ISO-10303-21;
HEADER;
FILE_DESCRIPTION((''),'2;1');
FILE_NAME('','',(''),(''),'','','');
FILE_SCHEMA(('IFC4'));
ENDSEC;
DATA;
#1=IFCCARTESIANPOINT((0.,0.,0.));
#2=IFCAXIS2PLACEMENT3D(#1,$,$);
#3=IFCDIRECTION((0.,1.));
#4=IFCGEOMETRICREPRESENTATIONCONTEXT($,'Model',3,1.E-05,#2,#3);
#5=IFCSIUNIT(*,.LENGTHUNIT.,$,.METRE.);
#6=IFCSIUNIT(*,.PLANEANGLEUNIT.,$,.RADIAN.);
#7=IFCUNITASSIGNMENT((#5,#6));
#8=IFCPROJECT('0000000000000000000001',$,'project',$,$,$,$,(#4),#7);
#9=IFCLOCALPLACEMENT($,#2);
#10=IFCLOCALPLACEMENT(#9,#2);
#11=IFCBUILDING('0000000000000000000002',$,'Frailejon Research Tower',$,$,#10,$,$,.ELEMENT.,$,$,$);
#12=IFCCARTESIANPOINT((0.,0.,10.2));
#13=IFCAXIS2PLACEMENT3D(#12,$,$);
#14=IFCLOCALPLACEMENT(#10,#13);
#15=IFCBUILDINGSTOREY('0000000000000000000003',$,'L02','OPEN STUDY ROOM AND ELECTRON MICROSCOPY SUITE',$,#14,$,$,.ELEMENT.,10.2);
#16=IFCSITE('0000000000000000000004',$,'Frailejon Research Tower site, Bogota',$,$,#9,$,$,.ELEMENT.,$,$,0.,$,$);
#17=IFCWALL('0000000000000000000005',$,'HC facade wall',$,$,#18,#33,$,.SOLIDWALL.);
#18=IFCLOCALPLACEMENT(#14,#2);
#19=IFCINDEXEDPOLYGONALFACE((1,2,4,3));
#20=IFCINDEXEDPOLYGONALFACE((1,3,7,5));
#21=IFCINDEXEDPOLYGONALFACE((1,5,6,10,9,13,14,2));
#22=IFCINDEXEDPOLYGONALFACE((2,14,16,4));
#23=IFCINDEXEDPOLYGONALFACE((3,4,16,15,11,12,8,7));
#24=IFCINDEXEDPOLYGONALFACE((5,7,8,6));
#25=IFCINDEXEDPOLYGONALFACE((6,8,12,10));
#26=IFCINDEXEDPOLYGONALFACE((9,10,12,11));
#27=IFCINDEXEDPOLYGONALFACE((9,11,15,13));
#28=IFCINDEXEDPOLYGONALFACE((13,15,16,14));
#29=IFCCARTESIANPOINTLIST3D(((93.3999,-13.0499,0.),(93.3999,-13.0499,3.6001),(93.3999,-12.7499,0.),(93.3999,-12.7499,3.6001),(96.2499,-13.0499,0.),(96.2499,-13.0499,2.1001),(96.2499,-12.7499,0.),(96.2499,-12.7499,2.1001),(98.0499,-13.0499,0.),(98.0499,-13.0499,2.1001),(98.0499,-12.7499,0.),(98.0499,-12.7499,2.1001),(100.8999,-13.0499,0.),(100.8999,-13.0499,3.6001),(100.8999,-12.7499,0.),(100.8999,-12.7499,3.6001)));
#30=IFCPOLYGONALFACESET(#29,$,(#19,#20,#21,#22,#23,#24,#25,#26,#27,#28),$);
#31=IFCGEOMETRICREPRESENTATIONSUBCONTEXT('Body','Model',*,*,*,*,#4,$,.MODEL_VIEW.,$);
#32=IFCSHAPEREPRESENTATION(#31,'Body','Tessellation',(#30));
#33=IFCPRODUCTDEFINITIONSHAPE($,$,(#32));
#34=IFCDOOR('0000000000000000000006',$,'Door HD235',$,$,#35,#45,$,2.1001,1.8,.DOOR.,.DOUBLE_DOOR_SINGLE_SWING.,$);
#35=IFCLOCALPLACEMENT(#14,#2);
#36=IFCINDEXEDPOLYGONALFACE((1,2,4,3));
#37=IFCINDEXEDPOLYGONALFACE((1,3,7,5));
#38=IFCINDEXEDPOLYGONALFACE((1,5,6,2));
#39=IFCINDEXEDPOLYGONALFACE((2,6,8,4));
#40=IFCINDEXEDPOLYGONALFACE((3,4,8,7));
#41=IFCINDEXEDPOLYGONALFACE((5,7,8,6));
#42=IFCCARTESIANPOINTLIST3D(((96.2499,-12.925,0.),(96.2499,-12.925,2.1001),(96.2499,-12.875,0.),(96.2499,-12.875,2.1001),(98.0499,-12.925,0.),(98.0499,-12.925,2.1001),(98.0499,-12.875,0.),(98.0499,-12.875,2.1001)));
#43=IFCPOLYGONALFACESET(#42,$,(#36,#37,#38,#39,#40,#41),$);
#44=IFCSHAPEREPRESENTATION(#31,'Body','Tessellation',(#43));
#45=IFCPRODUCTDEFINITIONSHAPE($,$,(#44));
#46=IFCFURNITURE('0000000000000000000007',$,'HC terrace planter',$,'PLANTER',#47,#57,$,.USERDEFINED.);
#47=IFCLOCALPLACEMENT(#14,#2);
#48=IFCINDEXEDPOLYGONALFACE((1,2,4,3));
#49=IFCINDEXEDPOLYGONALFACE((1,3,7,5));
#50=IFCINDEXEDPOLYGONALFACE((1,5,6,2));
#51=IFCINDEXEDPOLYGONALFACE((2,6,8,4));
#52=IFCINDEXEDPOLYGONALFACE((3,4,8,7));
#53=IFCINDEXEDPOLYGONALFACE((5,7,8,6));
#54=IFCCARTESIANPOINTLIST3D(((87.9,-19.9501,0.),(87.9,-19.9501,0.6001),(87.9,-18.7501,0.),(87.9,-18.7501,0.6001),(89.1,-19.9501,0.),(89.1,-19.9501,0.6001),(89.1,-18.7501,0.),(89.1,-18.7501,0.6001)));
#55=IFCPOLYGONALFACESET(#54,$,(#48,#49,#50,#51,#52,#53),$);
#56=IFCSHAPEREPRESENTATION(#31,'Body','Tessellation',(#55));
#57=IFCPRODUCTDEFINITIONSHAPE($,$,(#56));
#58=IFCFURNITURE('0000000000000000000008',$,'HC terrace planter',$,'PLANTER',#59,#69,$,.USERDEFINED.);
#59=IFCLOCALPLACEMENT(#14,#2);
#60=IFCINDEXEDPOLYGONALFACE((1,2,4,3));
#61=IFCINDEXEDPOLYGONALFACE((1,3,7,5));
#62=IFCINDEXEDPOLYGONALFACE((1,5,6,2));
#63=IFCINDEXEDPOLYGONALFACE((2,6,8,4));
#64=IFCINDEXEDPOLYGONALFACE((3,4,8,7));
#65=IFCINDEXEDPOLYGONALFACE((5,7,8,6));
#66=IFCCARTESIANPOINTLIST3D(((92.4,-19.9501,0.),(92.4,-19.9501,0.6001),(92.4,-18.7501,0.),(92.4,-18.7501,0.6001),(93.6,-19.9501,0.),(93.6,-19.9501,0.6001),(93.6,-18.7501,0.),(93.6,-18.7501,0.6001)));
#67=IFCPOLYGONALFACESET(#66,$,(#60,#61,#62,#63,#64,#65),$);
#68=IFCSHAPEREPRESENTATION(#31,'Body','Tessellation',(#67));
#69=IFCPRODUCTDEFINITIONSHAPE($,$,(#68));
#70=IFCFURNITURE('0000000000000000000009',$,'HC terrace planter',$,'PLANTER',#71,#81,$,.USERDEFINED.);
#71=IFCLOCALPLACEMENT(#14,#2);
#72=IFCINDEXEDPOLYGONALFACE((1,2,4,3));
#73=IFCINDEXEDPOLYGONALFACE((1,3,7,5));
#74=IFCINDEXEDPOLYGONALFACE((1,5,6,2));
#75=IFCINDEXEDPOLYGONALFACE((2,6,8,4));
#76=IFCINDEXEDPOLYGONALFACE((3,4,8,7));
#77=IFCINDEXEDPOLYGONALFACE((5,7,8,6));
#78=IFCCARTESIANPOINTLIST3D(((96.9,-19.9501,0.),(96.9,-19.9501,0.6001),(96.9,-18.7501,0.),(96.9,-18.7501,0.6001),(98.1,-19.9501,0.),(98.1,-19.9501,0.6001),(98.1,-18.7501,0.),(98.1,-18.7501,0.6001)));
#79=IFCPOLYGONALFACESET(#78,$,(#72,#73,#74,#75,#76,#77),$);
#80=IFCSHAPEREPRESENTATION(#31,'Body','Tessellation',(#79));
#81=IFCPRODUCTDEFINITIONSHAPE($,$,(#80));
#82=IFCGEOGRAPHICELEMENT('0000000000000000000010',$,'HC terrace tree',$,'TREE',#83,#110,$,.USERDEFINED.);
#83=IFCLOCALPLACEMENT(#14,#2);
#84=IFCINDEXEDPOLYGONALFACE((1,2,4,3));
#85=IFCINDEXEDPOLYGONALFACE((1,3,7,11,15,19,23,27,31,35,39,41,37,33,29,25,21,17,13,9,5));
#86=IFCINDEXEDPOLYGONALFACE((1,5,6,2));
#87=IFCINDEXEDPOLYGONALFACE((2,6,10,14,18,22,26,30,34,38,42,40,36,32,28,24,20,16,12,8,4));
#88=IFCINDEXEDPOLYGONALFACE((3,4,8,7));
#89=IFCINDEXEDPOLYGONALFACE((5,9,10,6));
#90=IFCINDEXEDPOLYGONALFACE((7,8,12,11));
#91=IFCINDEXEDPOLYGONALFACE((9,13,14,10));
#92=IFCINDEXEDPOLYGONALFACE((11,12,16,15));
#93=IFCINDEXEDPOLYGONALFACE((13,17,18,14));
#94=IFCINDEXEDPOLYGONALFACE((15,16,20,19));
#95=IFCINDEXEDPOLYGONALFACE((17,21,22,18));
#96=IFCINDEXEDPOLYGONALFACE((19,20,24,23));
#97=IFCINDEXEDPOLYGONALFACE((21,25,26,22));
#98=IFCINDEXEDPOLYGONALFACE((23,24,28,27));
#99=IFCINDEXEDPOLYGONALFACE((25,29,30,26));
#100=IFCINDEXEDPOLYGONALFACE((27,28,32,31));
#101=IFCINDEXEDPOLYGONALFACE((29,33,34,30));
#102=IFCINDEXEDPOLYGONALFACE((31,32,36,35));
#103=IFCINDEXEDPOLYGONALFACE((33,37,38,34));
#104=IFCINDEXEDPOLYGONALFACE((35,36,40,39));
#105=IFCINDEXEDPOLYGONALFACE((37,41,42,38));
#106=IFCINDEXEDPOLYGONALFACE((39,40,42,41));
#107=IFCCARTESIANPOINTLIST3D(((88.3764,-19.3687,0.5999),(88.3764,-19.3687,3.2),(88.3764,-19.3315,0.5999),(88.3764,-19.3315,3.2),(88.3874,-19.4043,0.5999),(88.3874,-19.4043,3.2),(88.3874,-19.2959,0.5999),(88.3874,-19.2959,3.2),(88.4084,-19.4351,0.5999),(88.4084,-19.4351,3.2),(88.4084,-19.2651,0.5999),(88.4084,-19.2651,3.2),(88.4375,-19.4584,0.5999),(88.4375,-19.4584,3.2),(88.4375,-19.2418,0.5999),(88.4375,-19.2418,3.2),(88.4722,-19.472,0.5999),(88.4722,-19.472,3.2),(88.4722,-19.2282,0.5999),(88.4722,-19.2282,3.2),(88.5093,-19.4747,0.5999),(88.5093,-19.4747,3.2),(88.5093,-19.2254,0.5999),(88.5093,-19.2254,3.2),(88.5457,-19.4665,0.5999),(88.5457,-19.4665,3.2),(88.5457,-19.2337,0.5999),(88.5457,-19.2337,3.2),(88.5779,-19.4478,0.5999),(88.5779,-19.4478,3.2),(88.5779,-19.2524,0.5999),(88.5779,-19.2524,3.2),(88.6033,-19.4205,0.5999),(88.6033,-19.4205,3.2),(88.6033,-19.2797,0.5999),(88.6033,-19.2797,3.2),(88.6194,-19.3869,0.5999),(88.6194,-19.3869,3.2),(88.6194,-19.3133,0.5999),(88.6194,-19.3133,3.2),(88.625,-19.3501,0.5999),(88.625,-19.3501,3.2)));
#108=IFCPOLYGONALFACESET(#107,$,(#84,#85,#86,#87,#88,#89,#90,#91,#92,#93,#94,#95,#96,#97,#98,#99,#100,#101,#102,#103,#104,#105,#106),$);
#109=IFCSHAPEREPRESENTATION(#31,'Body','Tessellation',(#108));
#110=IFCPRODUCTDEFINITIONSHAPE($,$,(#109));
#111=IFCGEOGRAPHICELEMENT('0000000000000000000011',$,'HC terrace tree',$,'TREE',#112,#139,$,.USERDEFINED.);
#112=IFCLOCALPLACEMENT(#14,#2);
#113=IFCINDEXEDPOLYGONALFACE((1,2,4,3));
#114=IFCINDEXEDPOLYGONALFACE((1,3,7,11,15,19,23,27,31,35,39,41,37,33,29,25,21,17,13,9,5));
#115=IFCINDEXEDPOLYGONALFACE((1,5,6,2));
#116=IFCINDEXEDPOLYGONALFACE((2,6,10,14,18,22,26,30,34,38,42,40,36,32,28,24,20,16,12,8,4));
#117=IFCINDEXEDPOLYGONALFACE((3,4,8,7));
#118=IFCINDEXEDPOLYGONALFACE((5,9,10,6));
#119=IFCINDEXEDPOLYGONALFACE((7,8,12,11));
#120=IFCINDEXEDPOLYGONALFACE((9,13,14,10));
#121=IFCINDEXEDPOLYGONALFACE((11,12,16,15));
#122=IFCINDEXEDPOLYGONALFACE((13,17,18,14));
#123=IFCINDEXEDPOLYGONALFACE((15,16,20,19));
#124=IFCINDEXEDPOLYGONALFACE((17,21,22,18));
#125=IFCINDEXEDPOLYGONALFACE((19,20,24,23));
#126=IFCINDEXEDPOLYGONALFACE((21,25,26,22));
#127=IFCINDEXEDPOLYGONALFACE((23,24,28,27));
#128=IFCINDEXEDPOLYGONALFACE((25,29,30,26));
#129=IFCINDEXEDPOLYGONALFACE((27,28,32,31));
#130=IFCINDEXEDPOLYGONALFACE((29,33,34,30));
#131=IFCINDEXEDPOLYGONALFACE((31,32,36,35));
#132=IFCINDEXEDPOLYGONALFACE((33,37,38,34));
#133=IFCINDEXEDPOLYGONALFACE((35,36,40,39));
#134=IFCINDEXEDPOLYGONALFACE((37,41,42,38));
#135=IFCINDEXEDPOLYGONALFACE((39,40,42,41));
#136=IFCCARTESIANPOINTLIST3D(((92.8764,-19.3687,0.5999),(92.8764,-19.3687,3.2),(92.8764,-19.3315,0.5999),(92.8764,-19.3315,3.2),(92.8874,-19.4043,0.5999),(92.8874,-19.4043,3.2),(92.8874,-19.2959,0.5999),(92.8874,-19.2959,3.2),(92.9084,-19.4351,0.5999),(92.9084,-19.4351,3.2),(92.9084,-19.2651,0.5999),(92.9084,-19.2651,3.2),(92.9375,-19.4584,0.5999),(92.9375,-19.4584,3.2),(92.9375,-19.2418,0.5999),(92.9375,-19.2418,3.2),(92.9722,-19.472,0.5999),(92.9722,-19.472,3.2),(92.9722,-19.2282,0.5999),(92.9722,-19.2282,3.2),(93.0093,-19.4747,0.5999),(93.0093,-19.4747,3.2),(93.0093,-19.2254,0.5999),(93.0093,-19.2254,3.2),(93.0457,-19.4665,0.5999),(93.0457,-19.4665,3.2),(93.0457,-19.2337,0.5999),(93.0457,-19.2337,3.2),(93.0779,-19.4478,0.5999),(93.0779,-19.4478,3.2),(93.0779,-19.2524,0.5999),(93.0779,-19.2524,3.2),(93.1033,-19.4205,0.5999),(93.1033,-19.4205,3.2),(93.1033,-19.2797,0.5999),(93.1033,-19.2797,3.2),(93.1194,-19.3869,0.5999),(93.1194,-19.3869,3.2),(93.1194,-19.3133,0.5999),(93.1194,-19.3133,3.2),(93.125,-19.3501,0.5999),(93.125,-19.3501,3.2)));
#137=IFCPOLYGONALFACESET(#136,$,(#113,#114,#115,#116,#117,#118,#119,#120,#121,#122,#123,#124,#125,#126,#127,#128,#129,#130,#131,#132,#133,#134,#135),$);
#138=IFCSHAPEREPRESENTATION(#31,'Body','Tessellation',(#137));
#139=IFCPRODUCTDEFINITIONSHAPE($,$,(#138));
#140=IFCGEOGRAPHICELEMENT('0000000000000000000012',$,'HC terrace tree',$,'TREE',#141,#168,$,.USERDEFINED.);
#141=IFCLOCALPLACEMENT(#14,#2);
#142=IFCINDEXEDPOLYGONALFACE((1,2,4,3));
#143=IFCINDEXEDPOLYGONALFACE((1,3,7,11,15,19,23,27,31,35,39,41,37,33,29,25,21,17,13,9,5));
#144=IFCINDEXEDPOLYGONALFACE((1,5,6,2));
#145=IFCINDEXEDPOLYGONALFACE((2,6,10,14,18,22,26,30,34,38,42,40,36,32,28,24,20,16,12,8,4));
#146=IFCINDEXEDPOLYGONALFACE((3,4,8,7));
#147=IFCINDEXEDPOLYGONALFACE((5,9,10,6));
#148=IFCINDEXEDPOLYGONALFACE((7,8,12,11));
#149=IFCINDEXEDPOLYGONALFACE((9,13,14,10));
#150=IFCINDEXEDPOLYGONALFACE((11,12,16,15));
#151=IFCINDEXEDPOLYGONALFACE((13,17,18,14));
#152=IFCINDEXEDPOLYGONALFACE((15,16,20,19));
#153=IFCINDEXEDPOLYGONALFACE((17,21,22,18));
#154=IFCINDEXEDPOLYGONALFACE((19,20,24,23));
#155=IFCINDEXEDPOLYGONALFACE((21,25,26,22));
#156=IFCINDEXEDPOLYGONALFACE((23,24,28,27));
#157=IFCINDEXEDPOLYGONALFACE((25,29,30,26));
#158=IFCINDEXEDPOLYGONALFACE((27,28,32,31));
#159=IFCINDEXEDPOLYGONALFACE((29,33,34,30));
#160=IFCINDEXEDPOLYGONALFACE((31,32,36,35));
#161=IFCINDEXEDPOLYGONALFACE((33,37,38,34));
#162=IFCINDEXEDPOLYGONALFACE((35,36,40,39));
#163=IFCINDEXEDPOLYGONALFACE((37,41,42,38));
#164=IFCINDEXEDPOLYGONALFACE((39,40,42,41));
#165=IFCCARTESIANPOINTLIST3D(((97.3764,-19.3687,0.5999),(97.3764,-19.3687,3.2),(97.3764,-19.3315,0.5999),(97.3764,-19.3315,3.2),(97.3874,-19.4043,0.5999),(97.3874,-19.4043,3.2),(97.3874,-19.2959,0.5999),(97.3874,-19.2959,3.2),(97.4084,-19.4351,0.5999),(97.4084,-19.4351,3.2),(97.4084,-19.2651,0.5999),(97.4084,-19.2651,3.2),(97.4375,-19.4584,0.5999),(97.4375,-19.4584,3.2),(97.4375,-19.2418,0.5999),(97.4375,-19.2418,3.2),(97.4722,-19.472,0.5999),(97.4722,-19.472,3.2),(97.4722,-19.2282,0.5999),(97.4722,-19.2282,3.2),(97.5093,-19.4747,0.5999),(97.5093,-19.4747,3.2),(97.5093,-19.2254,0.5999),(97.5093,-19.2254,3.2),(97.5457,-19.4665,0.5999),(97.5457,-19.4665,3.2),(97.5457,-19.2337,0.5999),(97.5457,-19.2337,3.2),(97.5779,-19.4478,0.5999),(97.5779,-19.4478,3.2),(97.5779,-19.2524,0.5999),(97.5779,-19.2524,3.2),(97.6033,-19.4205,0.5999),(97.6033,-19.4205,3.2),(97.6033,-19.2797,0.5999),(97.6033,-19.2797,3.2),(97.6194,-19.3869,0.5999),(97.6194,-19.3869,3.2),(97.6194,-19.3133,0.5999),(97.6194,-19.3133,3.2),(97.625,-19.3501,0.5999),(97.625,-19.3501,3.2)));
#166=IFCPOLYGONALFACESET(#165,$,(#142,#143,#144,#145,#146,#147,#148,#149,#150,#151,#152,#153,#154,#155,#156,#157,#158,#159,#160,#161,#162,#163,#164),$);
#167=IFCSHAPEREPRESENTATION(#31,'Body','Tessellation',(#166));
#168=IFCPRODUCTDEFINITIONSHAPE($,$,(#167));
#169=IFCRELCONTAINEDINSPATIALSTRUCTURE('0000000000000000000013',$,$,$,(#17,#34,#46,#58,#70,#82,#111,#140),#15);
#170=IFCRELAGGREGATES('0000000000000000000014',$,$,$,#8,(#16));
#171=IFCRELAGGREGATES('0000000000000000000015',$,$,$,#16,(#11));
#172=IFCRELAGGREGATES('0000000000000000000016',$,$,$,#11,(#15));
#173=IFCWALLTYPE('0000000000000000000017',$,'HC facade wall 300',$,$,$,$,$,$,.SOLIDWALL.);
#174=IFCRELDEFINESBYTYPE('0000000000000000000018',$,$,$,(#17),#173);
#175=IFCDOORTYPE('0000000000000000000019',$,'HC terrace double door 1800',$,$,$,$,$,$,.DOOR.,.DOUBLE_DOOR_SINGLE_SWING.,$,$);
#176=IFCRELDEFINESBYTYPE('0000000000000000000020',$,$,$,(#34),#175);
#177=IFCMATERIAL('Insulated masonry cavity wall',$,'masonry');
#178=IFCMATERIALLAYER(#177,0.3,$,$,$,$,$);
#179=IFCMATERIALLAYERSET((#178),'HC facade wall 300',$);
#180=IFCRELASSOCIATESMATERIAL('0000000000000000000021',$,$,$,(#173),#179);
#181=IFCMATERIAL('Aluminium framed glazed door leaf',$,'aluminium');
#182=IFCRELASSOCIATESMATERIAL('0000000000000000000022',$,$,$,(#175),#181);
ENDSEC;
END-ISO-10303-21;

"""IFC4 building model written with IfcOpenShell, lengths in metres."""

from ifc_helpers import new_model, si_unit, direction, frame, frame_2d, origin, origin_2d, place, context, subcontext, project, spatial, rectangle, circle, extrude, material, layer, layer_set, type_object, element, fill, save


model = new_model("IFC4")

# Units and contexts
model_context = context("Model", 3, precision=1e-05, world=origin(), true_north=direction((0.0, 1.0)))
body_context = subcontext(model_context, "Body", "Model", "MODEL_VIEW")
ifc_project = project(units=[si_unit("LENGTHUNIT", "METRE"), si_unit("PLANEANGLEUNIT", "RADIAN")], contexts=[model_context])

# Site, building, storey
site_placement = place(None, origin())
site = spatial("IfcSite", under=ifc_project, at=site_placement, Name="Frailejon Research Tower site, Bogota", CompositionType="ELEMENT", RefElevation=0.0)
building_placement = place(site_placement, origin())
building = spatial("IfcBuilding", under=site, at=building_placement, Name="Frailejon Research Tower", CompositionType="ELEMENT")
storey_placement = place(building_placement, frame((0.0, 0.0, 10.2)))
storey = spatial("IfcBuildingStorey", under=building, at=storey_placement, Name="L02", Description="OPEN STUDY ROOM AND ELECTRON MICROSCOPY SUITE", CompositionType="ELEMENT", Elevation=10.2)

# Wall, opening, door
ifc_material_1 = material(Name="Insulated masonry cavity wall", Category="masonry")
ifc_layer = layer(ifc_material_1, 0.3)
ifc_layer_set = layer_set([ifc_layer], Name="HC facade wall 300")
wall_type = type_object("IfcWallType", Name="HC facade wall 300", PredefinedType="SOLIDWALL", material=ifc_layer_set)
ifc_material_2 = material(Name="Aluminium framed glazed door leaf", Category="aluminium")
door_type = type_object("IfcDoorType", Name="HC terrace double door 1800", OperationType="DOUBLE_DOOR_SINGLE_SWING", PredefinedType="DOOR", material=ifc_material_2)
wall_1_placement = place(storey_placement, frame((93.3999, -12.8999, 0.0), z_axis=(0.0, 0.0, 1.0), x_axis=(1.0, 0.0, 0.0)))
wall_1 = element("IfcWall", 1, at=wall_1_placement, inside=storey, type_object=wall_type, Name="HC facade wall", PredefinedType="SOLIDWALL", context=body_context, shape_type="SweptSolid", body=[
    extrude(rectangle(XDim=7.5, YDim=0.3, at=frame_2d((3.75, 0.0))), origin(), (0.0, 0.0, 1.0), 3.6001),
])
opening_1_placement = place(wall_1_placement, frame((2.8501, 0.0, 0.0)))
opening_1 = element("IfcOpeningElement", 2, at=opening_1_placement, cuts=wall_1, PredefinedType="OPENING", context=body_context, shape_type="SweptSolid", body=[
    extrude(rectangle(XDim=1.8, YDim=2.1001, at=frame_2d((0.8999, 1.05))), frame((0.0, 0.1599, 0.0), z_axis=(0.0, -1.0, 0.0), x_axis=(1.0, 0.0, 0.0)), (0.0, 0.0, 1.0), 0.3201),
])
door_1_placement = place(opening_1_placement, origin())
door_1 = element("IfcDoor", 3, at=door_1_placement, inside=storey, type_object=door_type, Name="Door HD235", OperationType="DOUBLE_DOOR_SINGLE_SWING", OverallHeight=2.1001, OverallWidth=1.8, PredefinedType="DOOR", context=body_context, shape_type="SweptSolid", body=[
    extrude(rectangle(XDim=1.8, YDim=2.1001, at=frame_2d((0.8999, 1.05))), frame((0.0, 0.0249, 0.0), z_axis=(0.0, -1.0, 0.0), x_axis=(1.0, 0.0, 0.0)), (0.0, 0.0, 1.0), 0.05),
])
fill(opening_1, door_1)

# Furniture
for number, where, z_axis, x_axis, name in (
    (4, (88.5, -19.3501, 0.0), (0.0, 0.0, 1.0), (1.0, 0.0, 0.0), "HC terrace planter"),
    (5, (93.0, -19.3501, 0.0), (0.0, 0.0, 1.0), (1.0, 0.0, 0.0), "HC terrace planter"),
    (6, (97.5, -19.3501, 0.0), (0.0, 0.0, 1.0), (1.0, 0.0, 0.0), "HC terrace planter"),
):
    element("IfcFurniture", number, at=place(storey_placement, frame(where, z_axis=z_axis, x_axis=x_axis)), inside=storey, Name=name, ObjectType="PLANTER", PredefinedType="USERDEFINED", context=body_context, shape_type="SweptSolid", body=[
        extrude(rectangle(XDim=1.2, YDim=1.2, at=origin_2d()), origin(), (0.0, 0.0, 1.0), 0.6001),
    ])

# Geographic elements
for number, where, z_axis, x_axis, name in (
    (7, (88.5, -19.3501, 3.2), (0.0, 0.0, -1.0), (1.0, 0.0, 0.0), "HC terrace tree"),
    (8, (93.0, -19.3501, 3.2), (0.0, 0.0, -1.0), (1.0, 0.0, 0.0), "HC terrace tree"),
    (9, (97.5, -19.3501, 3.2), (0.0, 0.0, -1.0), (1.0, 0.0, 0.0), "HC terrace tree"),
):
    element("IfcGeographicElement", number, at=place(storey_placement, frame(where, z_axis=z_axis, x_axis=x_axis)), inside=storey, Name=name, ObjectType="TREE", PredefinedType="USERDEFINED", context=body_context, shape_type="SweptSolid", body=[
        extrude(circle(Radius=0.125, at=origin_2d()), origin(), (0.0, 0.0, 1.0), 2.6001),
    ])

save(model, "model.ifc")
